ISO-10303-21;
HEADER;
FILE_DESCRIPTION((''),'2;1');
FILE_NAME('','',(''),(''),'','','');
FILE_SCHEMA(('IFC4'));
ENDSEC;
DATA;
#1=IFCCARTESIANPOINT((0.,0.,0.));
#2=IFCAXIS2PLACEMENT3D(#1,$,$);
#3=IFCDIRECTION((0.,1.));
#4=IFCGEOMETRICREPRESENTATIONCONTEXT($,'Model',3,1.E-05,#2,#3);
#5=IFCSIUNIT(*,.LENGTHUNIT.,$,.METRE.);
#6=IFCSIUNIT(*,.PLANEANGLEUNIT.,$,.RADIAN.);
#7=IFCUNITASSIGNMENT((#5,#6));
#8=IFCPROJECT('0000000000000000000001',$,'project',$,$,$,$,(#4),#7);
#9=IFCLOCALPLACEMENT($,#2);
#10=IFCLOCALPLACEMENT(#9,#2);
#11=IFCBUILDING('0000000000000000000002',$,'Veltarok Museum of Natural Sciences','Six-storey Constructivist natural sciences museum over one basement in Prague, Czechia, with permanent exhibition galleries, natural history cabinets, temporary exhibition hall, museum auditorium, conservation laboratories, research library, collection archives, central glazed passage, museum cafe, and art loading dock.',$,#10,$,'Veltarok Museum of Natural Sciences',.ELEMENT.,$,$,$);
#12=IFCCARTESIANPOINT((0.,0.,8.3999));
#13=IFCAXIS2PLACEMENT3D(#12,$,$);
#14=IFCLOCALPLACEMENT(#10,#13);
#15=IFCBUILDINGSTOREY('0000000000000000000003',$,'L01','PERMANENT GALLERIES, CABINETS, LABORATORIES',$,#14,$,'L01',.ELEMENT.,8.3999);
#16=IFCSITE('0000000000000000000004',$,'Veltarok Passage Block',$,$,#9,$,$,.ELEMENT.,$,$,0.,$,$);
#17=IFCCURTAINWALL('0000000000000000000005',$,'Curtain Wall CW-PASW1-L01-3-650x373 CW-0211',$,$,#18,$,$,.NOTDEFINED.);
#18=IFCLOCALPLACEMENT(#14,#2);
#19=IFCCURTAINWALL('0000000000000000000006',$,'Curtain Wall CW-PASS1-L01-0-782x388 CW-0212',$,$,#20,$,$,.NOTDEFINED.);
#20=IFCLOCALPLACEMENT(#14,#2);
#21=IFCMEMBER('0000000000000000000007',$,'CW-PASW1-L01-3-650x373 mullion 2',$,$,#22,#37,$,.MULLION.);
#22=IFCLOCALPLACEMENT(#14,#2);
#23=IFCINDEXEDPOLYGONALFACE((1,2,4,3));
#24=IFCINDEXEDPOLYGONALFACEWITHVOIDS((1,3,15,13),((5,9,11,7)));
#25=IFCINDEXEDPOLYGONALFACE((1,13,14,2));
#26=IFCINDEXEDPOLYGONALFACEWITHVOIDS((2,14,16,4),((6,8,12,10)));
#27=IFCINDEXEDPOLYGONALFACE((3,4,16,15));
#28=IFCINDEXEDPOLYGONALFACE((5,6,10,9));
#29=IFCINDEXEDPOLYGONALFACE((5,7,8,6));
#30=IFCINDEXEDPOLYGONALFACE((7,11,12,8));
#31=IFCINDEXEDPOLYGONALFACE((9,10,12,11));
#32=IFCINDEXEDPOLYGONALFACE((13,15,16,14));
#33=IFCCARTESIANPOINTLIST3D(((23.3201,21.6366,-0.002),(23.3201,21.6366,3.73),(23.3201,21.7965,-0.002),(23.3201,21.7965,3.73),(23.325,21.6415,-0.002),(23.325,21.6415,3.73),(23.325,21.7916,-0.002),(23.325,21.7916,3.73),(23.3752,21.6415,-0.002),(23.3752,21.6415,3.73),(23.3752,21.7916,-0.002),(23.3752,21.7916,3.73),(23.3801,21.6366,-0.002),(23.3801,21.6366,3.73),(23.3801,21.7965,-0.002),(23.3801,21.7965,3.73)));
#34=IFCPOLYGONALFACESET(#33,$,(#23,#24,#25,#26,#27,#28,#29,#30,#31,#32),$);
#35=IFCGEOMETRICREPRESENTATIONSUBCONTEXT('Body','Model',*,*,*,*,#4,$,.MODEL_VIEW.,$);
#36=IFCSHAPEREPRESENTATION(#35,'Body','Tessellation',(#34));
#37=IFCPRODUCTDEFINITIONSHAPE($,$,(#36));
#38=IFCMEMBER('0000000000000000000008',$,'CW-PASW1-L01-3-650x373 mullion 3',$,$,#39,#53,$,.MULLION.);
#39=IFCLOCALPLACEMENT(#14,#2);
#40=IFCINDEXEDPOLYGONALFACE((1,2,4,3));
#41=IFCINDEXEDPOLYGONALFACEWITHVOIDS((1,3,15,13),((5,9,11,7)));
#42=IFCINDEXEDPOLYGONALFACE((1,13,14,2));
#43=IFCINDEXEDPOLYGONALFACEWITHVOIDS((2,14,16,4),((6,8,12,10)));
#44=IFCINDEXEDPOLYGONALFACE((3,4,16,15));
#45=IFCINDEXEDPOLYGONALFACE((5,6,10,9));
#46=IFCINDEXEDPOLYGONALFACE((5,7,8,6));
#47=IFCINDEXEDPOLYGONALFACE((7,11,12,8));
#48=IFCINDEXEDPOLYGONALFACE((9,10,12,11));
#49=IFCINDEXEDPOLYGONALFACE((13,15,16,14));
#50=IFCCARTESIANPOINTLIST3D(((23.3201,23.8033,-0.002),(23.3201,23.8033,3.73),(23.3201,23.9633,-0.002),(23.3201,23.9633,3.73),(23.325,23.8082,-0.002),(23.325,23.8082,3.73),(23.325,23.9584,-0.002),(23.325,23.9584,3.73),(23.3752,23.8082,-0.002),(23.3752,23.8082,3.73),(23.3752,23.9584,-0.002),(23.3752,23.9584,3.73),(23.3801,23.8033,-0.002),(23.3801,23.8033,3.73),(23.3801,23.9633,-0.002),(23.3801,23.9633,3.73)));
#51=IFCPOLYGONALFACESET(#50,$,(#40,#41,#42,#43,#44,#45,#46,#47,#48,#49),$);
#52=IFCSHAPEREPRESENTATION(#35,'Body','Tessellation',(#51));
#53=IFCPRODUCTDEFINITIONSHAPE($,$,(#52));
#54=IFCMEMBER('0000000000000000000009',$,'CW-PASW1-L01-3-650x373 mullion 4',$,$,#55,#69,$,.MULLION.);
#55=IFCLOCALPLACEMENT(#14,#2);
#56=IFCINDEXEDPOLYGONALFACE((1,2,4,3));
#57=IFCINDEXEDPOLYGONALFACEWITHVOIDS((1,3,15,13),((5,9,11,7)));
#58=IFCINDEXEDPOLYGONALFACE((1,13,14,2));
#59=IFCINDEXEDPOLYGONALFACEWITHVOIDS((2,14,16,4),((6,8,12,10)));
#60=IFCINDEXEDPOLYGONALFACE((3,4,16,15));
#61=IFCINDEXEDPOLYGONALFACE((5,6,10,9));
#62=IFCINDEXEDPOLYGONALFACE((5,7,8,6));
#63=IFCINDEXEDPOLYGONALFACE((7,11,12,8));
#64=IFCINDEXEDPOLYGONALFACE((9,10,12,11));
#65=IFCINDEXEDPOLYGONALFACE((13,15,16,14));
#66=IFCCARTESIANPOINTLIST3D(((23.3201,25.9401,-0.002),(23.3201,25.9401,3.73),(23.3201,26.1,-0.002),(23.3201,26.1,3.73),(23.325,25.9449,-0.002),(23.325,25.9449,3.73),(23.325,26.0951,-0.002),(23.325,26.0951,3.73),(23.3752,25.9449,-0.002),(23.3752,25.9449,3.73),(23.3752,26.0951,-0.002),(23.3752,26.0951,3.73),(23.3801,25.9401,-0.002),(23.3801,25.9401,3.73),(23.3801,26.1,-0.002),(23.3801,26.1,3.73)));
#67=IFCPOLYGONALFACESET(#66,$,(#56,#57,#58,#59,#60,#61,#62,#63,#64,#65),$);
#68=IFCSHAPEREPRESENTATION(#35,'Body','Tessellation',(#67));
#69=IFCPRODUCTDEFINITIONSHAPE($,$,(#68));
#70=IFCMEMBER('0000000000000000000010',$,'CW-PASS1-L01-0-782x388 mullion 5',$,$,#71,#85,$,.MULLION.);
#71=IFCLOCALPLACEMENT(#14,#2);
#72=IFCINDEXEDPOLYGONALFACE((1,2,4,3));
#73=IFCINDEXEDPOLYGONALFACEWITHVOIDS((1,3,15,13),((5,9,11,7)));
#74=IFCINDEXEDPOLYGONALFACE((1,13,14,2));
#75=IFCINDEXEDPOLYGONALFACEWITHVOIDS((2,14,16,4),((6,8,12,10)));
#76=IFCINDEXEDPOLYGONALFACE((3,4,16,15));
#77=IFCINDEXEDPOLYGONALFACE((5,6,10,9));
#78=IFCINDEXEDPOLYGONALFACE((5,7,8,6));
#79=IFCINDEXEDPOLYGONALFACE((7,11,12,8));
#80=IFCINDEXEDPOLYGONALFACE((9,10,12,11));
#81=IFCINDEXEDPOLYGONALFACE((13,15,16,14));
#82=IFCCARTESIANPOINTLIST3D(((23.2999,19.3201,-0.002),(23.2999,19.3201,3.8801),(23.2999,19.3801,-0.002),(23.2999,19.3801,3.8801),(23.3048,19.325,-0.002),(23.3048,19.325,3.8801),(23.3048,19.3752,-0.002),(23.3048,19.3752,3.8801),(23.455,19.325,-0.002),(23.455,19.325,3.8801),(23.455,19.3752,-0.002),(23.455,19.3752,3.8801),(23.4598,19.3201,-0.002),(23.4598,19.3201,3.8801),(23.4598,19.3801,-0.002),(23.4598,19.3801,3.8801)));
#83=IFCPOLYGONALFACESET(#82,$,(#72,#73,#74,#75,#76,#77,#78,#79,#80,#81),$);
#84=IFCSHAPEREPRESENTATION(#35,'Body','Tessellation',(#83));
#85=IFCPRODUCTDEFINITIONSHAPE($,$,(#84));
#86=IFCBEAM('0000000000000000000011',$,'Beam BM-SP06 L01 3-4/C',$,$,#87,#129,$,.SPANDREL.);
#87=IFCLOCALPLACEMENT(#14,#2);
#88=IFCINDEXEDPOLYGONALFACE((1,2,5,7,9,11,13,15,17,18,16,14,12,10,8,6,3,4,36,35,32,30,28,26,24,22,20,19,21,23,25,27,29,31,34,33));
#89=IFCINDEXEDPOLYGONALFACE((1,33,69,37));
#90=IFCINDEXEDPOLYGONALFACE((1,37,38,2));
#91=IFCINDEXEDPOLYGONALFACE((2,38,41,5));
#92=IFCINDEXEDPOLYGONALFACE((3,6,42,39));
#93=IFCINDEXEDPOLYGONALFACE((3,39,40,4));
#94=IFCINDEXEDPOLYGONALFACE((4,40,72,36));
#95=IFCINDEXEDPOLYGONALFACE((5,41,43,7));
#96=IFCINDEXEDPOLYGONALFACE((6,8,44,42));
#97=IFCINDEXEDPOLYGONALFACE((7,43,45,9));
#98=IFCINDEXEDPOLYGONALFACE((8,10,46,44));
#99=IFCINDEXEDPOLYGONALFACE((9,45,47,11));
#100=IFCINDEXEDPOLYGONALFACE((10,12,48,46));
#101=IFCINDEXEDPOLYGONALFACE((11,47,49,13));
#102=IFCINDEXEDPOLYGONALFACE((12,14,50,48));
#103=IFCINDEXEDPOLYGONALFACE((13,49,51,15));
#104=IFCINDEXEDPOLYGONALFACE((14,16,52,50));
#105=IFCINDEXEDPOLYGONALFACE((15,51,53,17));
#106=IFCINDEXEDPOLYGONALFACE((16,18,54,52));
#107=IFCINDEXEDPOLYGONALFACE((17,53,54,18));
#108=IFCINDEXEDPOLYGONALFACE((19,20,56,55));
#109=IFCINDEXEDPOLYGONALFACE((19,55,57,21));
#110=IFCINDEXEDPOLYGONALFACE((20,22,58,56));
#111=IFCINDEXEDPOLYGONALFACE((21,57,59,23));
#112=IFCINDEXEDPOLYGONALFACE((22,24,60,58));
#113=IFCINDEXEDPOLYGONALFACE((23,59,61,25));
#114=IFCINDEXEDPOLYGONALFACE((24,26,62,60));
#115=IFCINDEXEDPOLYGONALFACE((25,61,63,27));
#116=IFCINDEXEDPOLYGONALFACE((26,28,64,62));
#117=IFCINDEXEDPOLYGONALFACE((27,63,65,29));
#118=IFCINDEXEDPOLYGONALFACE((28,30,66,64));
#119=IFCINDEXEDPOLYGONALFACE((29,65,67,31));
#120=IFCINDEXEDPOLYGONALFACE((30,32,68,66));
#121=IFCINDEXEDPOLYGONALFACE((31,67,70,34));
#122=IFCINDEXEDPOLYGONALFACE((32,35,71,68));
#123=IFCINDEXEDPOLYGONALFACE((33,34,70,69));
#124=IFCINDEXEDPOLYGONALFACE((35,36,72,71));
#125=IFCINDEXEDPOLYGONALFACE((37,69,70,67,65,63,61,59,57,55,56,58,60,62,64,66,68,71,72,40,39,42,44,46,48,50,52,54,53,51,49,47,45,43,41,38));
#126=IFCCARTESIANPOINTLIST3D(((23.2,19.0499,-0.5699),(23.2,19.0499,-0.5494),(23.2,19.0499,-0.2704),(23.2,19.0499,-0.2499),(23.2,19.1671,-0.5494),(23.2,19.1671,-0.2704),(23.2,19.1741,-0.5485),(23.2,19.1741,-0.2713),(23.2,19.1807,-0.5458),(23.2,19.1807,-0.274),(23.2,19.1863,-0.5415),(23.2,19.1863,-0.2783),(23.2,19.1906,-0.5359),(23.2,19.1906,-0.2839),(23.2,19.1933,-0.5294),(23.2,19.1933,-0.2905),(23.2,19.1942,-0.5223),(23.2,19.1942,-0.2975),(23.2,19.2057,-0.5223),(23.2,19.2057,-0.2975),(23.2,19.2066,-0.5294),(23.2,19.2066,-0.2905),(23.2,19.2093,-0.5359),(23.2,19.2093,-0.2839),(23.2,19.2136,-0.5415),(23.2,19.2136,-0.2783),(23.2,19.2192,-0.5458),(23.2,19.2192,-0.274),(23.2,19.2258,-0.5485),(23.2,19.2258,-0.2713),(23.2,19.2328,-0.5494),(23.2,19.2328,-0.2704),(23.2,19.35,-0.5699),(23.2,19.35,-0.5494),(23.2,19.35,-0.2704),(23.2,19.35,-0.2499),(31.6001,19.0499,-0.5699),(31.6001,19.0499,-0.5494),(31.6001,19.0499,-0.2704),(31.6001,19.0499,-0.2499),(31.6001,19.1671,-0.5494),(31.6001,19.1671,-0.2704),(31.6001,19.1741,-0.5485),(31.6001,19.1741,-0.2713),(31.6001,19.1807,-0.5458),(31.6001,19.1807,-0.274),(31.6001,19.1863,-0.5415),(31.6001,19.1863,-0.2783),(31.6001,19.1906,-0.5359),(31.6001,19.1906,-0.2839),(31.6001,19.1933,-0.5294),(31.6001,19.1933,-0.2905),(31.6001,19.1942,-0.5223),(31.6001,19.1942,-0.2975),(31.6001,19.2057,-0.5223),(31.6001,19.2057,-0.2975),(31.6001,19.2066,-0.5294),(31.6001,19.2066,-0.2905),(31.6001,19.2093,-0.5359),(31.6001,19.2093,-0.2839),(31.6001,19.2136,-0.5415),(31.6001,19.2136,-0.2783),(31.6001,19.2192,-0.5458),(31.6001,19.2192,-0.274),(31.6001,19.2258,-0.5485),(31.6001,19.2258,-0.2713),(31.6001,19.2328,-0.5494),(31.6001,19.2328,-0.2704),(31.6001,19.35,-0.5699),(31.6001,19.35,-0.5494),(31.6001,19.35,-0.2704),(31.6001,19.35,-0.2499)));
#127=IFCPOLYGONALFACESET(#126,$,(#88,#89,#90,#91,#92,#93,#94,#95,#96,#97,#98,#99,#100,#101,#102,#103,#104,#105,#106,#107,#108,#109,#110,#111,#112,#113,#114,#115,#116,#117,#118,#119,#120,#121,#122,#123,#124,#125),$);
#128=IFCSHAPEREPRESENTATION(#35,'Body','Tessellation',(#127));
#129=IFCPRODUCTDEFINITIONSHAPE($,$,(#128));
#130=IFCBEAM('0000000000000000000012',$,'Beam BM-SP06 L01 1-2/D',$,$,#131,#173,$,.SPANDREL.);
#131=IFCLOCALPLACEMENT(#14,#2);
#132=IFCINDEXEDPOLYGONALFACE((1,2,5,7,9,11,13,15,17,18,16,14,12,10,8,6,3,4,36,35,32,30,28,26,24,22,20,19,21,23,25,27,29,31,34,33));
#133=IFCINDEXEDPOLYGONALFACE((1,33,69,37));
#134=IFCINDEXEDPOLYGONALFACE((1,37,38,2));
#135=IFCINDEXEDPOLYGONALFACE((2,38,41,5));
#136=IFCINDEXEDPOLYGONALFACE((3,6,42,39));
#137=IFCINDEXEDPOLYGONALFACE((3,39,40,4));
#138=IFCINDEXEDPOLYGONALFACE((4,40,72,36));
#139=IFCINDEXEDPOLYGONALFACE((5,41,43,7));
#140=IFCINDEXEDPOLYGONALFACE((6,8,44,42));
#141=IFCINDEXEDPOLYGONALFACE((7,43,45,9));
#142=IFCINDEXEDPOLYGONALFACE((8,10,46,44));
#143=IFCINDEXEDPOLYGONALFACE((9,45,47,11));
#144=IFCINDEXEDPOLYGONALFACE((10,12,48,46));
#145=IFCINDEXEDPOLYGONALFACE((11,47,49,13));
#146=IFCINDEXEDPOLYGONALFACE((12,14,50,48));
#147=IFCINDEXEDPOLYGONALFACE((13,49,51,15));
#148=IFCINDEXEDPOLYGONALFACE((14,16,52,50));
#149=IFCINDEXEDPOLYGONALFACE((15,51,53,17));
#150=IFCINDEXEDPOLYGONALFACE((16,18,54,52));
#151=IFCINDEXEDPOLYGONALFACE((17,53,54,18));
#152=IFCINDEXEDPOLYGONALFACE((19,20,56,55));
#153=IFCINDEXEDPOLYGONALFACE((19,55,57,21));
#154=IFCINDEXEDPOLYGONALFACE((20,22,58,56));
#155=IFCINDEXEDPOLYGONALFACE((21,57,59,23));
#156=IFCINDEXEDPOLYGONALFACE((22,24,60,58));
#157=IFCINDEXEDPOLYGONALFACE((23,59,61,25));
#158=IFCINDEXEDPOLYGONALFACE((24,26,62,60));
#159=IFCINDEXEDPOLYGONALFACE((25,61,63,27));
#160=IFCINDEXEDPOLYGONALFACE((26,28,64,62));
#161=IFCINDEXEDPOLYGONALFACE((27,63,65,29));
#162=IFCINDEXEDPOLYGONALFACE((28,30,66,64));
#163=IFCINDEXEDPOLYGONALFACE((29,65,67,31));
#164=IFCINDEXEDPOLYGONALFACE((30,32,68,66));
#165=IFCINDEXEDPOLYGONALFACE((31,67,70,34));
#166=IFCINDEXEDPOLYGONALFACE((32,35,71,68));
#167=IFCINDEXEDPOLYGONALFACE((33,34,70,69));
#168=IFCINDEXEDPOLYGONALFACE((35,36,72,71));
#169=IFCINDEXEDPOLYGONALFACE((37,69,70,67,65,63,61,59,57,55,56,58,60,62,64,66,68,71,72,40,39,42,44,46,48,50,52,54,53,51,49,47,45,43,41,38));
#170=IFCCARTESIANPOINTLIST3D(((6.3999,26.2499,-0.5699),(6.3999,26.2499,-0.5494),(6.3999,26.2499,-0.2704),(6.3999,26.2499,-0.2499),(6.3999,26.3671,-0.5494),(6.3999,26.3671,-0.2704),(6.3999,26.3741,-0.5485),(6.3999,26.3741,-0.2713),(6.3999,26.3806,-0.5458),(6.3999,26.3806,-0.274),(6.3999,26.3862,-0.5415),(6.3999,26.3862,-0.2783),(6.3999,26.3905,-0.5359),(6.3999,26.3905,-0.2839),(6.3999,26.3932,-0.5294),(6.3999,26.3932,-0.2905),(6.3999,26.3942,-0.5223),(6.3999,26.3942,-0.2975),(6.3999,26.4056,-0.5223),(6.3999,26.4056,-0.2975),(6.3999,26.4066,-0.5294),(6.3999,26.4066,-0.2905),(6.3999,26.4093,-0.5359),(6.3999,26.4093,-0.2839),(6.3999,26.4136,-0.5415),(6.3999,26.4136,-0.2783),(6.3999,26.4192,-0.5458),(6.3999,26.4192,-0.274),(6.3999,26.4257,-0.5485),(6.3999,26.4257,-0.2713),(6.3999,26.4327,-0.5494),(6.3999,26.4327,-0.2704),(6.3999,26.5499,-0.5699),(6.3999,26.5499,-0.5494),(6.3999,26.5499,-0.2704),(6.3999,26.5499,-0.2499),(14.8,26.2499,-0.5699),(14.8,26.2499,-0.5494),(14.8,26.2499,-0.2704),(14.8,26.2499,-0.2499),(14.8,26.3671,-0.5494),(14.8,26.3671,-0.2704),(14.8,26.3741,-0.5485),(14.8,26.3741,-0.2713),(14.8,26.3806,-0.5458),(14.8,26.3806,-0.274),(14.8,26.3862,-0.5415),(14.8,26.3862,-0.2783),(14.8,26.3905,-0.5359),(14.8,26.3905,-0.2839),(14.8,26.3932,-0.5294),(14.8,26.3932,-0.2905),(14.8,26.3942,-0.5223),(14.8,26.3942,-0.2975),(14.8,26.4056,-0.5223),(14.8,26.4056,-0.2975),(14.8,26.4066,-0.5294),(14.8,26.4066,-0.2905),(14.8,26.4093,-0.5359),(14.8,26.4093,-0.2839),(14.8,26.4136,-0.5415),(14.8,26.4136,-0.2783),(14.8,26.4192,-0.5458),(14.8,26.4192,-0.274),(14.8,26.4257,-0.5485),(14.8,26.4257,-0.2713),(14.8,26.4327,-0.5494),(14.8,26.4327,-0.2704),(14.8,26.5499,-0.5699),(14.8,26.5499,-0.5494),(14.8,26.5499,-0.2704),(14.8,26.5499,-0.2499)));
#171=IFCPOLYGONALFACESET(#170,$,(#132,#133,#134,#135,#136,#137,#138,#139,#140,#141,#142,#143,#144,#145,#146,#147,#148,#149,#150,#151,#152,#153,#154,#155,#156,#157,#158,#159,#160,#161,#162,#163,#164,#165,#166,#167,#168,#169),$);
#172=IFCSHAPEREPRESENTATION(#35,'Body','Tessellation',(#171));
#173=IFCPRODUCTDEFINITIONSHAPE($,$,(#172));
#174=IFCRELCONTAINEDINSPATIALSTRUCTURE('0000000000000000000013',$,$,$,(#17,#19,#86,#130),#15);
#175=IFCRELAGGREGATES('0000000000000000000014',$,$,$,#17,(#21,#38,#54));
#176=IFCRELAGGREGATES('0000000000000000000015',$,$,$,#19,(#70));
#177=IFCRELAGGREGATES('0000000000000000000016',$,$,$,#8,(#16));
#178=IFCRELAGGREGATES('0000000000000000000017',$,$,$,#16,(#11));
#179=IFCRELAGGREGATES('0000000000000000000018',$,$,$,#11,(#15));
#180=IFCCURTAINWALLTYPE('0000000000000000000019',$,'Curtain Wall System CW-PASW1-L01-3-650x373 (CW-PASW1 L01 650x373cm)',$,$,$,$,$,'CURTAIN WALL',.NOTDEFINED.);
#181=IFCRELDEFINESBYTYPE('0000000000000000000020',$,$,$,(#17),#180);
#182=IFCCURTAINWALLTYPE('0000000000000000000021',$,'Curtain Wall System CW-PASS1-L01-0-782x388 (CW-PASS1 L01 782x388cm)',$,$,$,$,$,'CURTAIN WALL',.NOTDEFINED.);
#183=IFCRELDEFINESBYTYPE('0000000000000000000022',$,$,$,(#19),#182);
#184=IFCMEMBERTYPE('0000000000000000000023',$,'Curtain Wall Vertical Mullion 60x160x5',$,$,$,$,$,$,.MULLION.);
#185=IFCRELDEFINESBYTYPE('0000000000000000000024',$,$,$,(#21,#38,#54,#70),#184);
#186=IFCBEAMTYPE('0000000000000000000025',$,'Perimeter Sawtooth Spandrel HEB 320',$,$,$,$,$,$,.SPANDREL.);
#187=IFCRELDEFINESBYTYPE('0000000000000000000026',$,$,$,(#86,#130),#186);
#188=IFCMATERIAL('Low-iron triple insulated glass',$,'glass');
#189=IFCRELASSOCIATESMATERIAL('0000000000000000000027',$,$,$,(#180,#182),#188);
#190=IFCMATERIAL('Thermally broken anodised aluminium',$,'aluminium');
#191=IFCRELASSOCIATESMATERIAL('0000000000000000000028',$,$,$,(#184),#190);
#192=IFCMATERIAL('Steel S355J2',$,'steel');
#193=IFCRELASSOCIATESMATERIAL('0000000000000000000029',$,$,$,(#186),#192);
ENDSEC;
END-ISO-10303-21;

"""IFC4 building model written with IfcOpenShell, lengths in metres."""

from ifc_helpers import new_model, si_unit, direction, frame, origin, origin_2d, place, context, subcontext, project, spatial, hollow_rectangle, i_section, extrude, material, material_profile, profile_set, type_object, element, aggregate, save


model = new_model("IFC4")

# Units and contexts
model_context = context("Model", 3, precision=1e-05, world=origin(), true_north=direction((0.0, 1.0)))
body_context = subcontext(model_context, "Body", "Model", "MODEL_VIEW")
ifc_project = project(units=[si_unit("LENGTHUNIT", "METRE"), si_unit("PLANEANGLEUNIT", "RADIAN")], contexts=[model_context])

# Site, building, storey
site_placement = place(None, origin())
site = spatial("IfcSite", under=ifc_project, at=site_placement, Name="Veltarok Passage Block", CompositionType="ELEMENT", RefElevation=0.0)
building_placement = place(site_placement, origin())
building = spatial("IfcBuilding", under=site, at=building_placement, Name="Veltarok Museum of Natural Sciences", Description="Six-storey Constructivist natural sciences museum over one basement in Prague, Czechia, with permanent exhibition galleries, natural history cabinets, temporary exhibition hall, museum auditorium, conservation laboratories, research library, collection archives, central glazed passage, museum cafe, and art loading dock.", LongName="Veltarok Museum of Natural Sciences", CompositionType="ELEMENT")
storey_placement = place(building_placement, frame((0.0, 0.0, 8.3999)))
storey = spatial("IfcBuildingStorey", under=building, at=storey_placement, Name="L01", Description="PERMANENT GALLERIES, CABINETS, LABORATORIES", LongName="L01", CompositionType="ELEMENT", Elevation=8.3999)

# Shared definitions
ifc_material_1 = material(Name="Steel S355J2", Category="steel")

# Curtain walls
ifc_material_2 = material(Name="Low-iron triple insulated glass", Category="glass")
curtain_wall_type_1 = type_object("IfcCurtainWallType", Name="Curtain Wall System CW-PASW1-L01-3-650x373 (CW-PASW1 L01 650x373cm)", ElementType="CURTAIN WALL", PredefinedType="NOTDEFINED", material=ifc_material_2)
curtain_wall_1_placement = place(storey_placement, origin())
curtain_wall_1 = element("IfcCurtainWall", 1, at=curtain_wall_1_placement, inside=storey, type_object=curtain_wall_type_1, Name="Curtain Wall CW-PASW1-L01-3-650x373 CW-0211", PredefinedType="NOTDEFINED")
ifc_material_3 = material(Name="Thermally broken anodised aluminium", Category="aluminium")
curtain_wall_type_2 = type_object("IfcCurtainWallType", Name="Curtain Wall System CW-PASS1-L01-0-782x388 (CW-PASS1 L01 782x388cm)", ElementType="CURTAIN WALL", PredefinedType="NOTDEFINED", material=ifc_material_2)
curtain_wall_2_placement = place(storey_placement, origin())
curtain_wall_2 = element("IfcCurtainWall", 2, at=curtain_wall_2_placement, inside=storey, type_object=curtain_wall_type_2, Name="Curtain Wall CW-PASS1-L01-0-782x388 CW-0212", PredefinedType="NOTDEFINED")

# Members
ifc_material_profile_1 = material_profile(ifc_material_3, hollow_rectangle(XDim=0.0601, YDim=0.1599, WallThickness=0.0049, at=origin_2d()), Name="CW MULLION 60x160x5")
ifc_profile_set_1 = profile_set([ifc_material_profile_1], Name="Thermally broken anodised aluminium")
member_type_1 = type_object("IfcMemberType", Name="Curtain Wall Vertical Mullion 60x160x5", PredefinedType="MULLION", material=ifc_profile_set_1)
member_1_placement = place(storey_placement, frame((23.3501, 21.7166, -0.002), z_axis=(0.0, 0.0, 1.0), x_axis=(-1.0, 0.0, 0.0)))
member_1 = element("IfcMember", 3, at=member_1_placement, type_object=member_type_1, Name="CW-PASW1-L01-3-650x373 mullion 2", PredefinedType="MULLION", context=body_context, shape_type="SweptSolid", body=[
    extrude(hollow_rectangle(XDim=0.0601, YDim=0.1599, WallThickness=0.0049, at=origin_2d()), origin(), (0.0, 0.0, 1.0), 3.7319),
])
member_2_placement = place(storey_placement, frame((23.3501, 23.8833, -0.002), z_axis=(0.0, 0.0, 1.0), x_axis=(-1.0, 0.0, 0.0)))
member_2 = element("IfcMember", 4, at=member_2_placement, type_object=member_type_1, Name="CW-PASW1-L01-3-650x373 mullion 3", PredefinedType="MULLION", context=body_context, shape_type="SweptSolid", body=[
    extrude(hollow_rectangle(XDim=0.0601, YDim=0.1599, WallThickness=0.0049, at=origin_2d()), origin(), (0.0, 0.0, 1.0), 3.7319),
])
member_3_placement = place(storey_placement, frame((23.3501, 26.02, -0.002), z_axis=(0.0, 0.0, 1.0), x_axis=(-1.0, 0.0, 0.0)))
member_3 = element("IfcMember", 5, at=member_3_placement, type_object=member_type_1, Name="CW-PASW1-L01-3-650x373 mullion 4", PredefinedType="MULLION", context=body_context, shape_type="SweptSolid", body=[
    extrude(hollow_rectangle(XDim=0.0601, YDim=0.1599, WallThickness=0.0049, at=origin_2d()), origin(), (0.0, 0.0, 1.0), 3.7319),
])
member_4_placement = place(storey_placement, frame((23.3799, 19.3501, -0.002), z_axis=(0.0, 0.0, 1.0), x_axis=(0.0, -1.0, 0.0)))
member_4 = element("IfcMember", 6, at=member_4_placement, type_object=member_type_1, Name="CW-PASS1-L01-0-782x388 mullion 5", PredefinedType="MULLION", context=body_context, shape_type="SweptSolid", body=[
    extrude(hollow_rectangle(XDim=0.0601, YDim=0.1599, WallThickness=0.0049, at=origin_2d()), origin(), (0.0, 0.0, 1.0), 3.8821),
])

# Beams
ifc_material_profile_2 = material_profile(ifc_material_1, i_section(OverallWidth=0.3, OverallDepth=0.3201, WebThickness=0.0115, FlangeThickness=0.0205, FilletRadius=0.0271, at=origin_2d()), Name="HEB 320")
ifc_profile_set_2 = profile_set([ifc_material_profile_2], Name="Steel S355J2")
beam_type = type_object("IfcBeamType", Name="Perimeter Sawtooth Spandrel HEB 320", PredefinedType="SPANDREL", material=ifc_profile_set_2)
for number, where, z_axis, x_axis, name in (
    (7, (23.2, 19.2, -0.4099), (1.0, 0.0, 0.0), (0.0, 1.0, 0.0), "Beam BM-SP06 L01 3-4/C"),
    (8, (6.3999, 26.3999, -0.4099), (1.0, 0.0, 0.0), (0.0, 1.0, 0.0), "Beam BM-SP06 L01 1-2/D"),
):
    element("IfcBeam", number, at=place(storey_placement, frame(where, z_axis=z_axis, x_axis=x_axis)), inside=storey, type_object=beam_type, Name=name, PredefinedType="SPANDREL", context=body_context, shape_type="SweptSolid", body=[
        extrude(i_section(OverallWidth=0.3, OverallDepth=0.3201, WebThickness=0.0115, FlangeThickness=0.0205, FilletRadius=0.0271, at=origin_2d()), origin(), (0.0, 0.0, 1.0), 8.4001),
    ])

aggregate(curtain_wall_1, [member_1, member_2, member_3])
aggregate(curtain_wall_2, [member_4])

save(model, "model.ifc")
